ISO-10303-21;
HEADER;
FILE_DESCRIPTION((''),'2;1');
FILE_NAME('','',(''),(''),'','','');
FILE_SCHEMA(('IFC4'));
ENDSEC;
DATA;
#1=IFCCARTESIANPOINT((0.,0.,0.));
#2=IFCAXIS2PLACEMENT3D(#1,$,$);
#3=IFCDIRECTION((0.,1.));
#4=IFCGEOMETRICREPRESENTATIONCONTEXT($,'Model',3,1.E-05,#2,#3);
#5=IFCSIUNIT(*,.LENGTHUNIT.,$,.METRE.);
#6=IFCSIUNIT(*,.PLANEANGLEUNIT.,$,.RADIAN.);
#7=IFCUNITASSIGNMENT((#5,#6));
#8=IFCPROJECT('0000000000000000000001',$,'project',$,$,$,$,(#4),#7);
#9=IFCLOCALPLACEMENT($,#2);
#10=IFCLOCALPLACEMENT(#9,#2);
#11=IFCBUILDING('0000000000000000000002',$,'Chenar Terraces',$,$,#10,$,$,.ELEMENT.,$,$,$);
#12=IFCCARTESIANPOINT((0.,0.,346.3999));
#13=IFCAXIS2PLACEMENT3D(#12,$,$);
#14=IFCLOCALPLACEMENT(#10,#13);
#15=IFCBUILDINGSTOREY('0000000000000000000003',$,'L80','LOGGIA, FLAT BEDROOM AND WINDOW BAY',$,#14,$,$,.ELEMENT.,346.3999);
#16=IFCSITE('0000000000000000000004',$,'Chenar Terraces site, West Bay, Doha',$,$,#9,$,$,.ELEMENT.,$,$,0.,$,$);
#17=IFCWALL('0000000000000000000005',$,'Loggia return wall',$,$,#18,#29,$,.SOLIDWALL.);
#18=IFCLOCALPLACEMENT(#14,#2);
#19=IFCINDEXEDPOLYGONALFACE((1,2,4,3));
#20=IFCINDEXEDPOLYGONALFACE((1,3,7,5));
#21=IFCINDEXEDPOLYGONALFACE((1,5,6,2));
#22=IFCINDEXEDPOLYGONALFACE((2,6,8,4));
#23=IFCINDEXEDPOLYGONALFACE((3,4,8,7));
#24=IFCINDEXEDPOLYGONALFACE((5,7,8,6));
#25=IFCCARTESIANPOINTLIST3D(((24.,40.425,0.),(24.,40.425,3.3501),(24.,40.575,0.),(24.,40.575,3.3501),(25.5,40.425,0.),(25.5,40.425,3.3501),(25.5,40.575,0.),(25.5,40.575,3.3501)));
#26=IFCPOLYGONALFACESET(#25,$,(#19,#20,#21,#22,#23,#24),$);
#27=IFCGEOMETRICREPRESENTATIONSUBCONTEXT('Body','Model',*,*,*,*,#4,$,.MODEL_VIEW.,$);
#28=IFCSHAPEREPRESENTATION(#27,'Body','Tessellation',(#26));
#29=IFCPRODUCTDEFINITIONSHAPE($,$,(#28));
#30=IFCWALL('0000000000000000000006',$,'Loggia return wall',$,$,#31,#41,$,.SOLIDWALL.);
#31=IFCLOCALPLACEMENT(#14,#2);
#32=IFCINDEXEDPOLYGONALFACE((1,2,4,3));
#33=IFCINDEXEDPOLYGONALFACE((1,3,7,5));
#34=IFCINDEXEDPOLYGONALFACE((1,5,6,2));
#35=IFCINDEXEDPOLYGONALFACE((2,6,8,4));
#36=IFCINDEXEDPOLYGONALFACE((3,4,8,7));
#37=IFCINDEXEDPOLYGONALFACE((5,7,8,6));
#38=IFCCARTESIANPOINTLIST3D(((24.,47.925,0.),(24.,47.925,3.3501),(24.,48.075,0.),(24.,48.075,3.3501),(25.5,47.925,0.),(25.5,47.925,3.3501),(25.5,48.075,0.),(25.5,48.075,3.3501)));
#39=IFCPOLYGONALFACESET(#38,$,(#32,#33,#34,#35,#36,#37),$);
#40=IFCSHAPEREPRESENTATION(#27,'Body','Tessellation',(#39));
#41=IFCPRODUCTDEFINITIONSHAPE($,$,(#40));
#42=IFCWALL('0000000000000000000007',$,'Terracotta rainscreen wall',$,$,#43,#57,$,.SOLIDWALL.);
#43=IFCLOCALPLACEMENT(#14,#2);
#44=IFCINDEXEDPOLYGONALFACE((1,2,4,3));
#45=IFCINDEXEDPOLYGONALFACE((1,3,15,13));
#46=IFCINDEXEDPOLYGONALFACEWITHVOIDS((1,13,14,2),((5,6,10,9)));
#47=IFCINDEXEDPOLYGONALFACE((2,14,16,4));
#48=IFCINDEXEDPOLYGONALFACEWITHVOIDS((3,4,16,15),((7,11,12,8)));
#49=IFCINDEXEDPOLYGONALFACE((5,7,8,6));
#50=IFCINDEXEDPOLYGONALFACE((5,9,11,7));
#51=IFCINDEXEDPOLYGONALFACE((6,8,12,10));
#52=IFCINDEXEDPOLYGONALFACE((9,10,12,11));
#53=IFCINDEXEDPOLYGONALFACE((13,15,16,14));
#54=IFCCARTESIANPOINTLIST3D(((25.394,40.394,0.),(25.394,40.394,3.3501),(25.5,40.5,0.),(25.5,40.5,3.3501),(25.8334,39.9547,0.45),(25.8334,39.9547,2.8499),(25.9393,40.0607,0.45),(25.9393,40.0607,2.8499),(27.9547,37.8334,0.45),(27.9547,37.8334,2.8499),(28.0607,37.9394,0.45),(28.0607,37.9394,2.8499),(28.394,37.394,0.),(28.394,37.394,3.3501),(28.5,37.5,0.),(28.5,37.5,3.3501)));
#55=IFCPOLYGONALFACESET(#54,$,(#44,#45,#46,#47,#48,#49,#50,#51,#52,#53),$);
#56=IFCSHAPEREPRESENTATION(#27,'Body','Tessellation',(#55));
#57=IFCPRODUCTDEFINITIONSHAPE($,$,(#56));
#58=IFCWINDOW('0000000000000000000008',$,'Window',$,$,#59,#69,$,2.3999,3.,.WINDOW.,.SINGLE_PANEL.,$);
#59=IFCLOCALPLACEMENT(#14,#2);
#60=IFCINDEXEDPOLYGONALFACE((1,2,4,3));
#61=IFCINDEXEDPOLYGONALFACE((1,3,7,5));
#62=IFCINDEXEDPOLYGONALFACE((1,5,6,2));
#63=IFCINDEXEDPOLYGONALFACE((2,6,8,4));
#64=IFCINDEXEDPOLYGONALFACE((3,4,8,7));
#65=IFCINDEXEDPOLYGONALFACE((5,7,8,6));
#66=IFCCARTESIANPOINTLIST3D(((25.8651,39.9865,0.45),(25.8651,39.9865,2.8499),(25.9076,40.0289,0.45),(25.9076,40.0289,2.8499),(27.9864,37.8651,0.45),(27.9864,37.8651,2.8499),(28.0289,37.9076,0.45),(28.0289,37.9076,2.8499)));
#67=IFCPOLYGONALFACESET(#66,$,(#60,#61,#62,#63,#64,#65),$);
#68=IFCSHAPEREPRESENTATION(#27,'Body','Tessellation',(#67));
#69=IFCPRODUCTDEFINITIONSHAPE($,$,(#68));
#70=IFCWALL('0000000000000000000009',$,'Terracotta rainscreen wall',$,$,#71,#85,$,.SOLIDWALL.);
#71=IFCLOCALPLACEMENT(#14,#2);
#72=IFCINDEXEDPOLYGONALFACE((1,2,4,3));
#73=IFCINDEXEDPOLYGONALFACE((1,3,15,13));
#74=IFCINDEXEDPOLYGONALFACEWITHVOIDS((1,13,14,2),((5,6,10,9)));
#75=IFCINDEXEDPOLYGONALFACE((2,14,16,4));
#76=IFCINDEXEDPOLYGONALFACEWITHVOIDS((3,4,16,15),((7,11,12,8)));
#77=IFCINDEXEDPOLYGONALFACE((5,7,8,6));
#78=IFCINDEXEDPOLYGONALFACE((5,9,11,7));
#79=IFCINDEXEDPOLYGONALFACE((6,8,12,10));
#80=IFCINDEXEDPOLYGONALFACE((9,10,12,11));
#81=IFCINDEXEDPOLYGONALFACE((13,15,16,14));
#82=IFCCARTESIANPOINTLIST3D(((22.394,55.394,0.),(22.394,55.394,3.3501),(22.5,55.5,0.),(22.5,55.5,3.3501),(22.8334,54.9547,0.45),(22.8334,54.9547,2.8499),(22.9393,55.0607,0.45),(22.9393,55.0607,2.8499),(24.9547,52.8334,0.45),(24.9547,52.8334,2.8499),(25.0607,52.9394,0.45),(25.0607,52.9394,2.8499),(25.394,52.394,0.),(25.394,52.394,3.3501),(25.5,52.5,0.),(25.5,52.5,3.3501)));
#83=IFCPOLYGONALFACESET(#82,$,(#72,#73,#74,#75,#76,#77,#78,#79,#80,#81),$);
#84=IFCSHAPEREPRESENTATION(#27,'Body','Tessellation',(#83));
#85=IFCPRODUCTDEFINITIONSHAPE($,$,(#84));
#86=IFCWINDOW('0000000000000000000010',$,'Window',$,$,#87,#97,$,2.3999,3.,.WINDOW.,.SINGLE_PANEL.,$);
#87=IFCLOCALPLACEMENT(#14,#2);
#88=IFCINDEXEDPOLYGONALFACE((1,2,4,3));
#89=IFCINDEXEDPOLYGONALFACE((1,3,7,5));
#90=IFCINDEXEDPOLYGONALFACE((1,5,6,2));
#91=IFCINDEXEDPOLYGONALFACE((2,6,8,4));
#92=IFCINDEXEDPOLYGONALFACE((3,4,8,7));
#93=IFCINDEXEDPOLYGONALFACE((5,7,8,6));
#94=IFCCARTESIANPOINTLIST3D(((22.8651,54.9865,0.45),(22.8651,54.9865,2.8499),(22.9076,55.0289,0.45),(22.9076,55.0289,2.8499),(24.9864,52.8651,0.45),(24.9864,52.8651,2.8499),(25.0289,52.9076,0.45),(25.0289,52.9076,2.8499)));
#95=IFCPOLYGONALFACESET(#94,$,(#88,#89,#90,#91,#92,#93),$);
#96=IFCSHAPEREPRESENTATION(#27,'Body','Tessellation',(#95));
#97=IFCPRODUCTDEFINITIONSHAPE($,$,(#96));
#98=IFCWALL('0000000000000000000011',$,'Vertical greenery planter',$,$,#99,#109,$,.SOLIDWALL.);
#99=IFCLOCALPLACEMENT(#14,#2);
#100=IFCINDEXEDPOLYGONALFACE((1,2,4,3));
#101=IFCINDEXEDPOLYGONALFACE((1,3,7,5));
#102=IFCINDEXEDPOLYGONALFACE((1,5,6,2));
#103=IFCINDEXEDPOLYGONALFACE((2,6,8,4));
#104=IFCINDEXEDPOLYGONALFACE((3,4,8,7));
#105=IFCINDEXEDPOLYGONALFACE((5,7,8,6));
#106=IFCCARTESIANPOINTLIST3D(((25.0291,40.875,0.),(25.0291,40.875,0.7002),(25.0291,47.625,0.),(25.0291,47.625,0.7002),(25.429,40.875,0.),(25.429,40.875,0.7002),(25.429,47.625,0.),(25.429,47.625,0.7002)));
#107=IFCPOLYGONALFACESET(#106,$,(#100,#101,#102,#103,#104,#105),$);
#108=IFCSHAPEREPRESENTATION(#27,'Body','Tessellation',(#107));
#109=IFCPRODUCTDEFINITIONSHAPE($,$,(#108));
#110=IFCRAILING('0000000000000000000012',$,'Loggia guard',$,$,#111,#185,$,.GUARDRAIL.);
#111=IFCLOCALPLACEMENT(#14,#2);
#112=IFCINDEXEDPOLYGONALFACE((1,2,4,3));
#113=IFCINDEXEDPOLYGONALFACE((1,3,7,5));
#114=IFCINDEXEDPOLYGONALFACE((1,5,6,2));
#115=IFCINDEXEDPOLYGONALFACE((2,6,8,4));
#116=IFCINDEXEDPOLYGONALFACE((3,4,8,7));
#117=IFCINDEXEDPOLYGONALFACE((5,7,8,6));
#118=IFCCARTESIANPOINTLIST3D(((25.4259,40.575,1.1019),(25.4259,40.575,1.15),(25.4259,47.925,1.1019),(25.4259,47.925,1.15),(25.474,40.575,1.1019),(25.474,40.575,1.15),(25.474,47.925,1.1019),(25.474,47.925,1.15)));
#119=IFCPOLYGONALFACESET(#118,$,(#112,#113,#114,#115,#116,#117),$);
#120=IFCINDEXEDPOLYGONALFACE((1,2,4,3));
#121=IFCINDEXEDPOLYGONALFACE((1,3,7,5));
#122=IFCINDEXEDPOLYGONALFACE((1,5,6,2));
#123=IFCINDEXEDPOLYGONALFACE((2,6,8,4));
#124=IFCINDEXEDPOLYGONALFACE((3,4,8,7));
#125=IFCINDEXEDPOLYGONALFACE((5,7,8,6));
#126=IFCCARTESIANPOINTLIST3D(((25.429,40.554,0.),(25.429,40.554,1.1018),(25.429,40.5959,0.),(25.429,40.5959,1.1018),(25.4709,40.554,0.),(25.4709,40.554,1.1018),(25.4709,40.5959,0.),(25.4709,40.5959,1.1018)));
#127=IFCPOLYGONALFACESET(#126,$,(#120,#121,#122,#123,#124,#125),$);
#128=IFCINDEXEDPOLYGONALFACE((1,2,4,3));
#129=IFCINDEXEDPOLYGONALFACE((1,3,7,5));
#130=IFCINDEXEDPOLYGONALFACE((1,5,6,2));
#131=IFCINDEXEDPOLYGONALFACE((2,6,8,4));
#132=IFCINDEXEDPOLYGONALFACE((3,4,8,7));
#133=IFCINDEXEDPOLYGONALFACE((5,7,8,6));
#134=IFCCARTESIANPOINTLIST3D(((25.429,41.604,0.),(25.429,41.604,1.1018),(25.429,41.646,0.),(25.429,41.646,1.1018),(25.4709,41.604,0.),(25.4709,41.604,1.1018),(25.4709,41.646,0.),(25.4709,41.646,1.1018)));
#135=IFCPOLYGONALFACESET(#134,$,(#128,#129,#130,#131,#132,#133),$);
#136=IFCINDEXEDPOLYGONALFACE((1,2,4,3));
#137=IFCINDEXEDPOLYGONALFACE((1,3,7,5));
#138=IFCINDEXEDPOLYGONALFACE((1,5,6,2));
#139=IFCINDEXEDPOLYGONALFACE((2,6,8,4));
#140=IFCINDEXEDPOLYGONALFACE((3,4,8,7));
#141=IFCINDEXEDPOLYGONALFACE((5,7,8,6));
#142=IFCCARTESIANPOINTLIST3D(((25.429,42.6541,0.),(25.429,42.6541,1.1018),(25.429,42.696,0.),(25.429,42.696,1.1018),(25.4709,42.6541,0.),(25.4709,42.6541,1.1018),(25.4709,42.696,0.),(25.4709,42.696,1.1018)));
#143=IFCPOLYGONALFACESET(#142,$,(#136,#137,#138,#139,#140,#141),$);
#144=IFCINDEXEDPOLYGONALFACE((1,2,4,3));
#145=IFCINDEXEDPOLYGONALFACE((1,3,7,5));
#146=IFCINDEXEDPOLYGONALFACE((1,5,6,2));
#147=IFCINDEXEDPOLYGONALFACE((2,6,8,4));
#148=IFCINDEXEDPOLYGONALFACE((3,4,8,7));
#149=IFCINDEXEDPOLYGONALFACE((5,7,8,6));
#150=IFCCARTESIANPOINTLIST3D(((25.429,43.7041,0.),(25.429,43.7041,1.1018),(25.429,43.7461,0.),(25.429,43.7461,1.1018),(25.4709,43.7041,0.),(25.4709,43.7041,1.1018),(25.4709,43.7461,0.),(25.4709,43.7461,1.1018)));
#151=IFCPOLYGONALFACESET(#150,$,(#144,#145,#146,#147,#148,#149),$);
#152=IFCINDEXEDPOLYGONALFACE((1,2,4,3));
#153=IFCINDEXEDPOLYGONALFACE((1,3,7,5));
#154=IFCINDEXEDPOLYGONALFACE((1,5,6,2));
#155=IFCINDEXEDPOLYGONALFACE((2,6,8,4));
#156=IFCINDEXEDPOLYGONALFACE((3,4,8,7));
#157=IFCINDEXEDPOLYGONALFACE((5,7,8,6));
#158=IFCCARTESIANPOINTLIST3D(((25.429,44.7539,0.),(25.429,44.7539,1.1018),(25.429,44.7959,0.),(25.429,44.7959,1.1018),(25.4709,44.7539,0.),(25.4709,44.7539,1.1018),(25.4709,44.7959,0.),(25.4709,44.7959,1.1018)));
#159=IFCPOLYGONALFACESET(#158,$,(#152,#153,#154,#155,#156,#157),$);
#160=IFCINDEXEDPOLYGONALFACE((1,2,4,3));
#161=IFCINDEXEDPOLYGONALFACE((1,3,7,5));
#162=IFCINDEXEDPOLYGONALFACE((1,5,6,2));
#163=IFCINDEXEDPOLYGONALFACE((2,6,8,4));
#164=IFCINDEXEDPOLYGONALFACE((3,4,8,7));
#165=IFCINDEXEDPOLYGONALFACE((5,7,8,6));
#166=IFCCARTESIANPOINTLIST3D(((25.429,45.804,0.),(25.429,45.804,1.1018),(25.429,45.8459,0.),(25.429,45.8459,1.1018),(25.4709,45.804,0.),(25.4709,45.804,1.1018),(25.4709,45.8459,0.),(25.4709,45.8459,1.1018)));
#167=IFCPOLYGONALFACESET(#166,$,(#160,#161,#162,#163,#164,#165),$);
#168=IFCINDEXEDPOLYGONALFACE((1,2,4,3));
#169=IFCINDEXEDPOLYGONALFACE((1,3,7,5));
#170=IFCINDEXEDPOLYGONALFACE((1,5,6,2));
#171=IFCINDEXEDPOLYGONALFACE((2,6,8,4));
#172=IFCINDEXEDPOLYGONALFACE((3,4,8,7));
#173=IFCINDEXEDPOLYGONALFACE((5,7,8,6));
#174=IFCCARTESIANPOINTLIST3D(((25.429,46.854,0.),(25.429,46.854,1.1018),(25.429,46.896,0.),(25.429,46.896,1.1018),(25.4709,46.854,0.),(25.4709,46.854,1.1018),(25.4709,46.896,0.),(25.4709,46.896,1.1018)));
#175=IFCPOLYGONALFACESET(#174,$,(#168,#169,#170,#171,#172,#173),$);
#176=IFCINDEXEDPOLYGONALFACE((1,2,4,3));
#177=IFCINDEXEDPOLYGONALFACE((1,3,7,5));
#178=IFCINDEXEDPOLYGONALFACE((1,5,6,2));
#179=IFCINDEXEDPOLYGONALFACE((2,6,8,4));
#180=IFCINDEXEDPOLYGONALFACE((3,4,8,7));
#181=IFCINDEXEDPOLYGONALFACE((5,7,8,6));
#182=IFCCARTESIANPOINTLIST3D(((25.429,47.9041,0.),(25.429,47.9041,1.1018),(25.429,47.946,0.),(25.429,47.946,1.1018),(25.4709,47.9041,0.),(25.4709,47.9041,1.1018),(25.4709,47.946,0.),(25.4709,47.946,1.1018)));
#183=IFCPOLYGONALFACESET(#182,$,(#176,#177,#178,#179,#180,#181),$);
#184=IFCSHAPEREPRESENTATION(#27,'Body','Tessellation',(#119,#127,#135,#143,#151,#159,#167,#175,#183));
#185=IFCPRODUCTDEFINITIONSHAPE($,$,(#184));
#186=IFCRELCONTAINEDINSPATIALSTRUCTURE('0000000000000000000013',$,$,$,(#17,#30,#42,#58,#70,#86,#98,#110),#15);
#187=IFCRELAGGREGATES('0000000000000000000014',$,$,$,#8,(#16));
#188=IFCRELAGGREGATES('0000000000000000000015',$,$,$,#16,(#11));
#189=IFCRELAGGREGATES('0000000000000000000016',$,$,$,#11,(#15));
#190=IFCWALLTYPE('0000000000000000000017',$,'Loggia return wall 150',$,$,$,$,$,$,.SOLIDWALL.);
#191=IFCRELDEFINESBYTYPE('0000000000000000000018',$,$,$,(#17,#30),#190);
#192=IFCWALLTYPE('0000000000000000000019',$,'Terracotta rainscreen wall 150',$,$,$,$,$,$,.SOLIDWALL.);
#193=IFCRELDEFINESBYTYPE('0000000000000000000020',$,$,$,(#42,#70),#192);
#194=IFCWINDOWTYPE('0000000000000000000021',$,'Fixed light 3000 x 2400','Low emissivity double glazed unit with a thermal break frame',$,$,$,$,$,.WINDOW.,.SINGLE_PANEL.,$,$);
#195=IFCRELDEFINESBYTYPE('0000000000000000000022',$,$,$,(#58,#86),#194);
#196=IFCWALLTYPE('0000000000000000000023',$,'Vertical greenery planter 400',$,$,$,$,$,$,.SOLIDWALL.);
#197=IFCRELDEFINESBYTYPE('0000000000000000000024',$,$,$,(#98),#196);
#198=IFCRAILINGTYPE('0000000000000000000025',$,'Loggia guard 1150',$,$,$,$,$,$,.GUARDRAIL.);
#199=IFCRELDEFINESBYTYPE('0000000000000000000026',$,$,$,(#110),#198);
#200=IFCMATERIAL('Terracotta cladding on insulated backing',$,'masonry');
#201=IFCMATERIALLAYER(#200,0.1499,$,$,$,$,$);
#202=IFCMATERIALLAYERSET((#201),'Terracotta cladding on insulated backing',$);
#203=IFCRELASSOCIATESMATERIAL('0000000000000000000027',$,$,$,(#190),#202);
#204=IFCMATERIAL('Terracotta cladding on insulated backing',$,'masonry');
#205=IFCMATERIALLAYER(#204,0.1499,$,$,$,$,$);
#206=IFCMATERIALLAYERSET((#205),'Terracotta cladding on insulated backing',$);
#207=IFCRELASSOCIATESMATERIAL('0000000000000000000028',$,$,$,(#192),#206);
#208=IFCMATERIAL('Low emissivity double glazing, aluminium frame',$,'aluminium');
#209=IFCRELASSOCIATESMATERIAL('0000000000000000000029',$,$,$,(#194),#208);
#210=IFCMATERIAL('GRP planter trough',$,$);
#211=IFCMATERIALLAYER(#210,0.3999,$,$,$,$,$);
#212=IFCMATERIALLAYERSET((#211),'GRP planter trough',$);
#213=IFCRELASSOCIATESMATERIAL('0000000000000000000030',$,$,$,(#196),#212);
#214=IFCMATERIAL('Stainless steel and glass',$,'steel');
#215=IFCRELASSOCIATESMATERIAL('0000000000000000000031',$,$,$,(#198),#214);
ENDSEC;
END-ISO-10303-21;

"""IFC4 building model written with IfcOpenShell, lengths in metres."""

from ifc_helpers import new_model, si_unit, direction, frame, frame_2d, origin, origin_2d, place, context, subcontext, project, spatial, rectangle, extrude, material, layer, layer_set, type_object, element, fill, save


model = new_model("IFC4")

# Units and contexts
model_context = context("Model", 3, precision=1e-05, world=origin(), true_north=direction((0.0, 1.0)))
body_context = subcontext(model_context, "Body", "Model", "MODEL_VIEW")
ifc_project = project(units=[si_unit("LENGTHUNIT", "METRE"), si_unit("PLANEANGLEUNIT", "RADIAN")], contexts=[model_context])

# Site, building, storey
site_placement = place(None, origin())
site = spatial("IfcSite", under=ifc_project, at=site_placement, Name="Chenar Terraces site, West Bay, Doha", CompositionType="ELEMENT", RefElevation=0.0)
building_placement = place(site_placement, origin())
building = spatial("IfcBuilding", under=site, at=building_placement, Name="Chenar Terraces", CompositionType="ELEMENT")
storey_placement = place(building_placement, frame((0.0, 0.0, 346.3999)))
storey = spatial("IfcBuildingStorey", under=building, at=storey_placement, Name="L80", Description="LOGGIA, FLAT BEDROOM AND WINDOW BAY", CompositionType="ELEMENT", Elevation=346.3999)

# Walls
ifc_material_1 = material(Name="Terracotta cladding on insulated backing", Category="masonry")
ifc_layer_1 = layer(ifc_material_1, 0.1499)
ifc_layer_set_1 = layer_set([ifc_layer_1], Name="Terracotta cladding on insulated backing")
wall_type_1 = type_object("IfcWallType", Name="Loggia return wall 150", PredefinedType="SOLIDWALL", material=ifc_layer_set_1)
for number, where, z_axis, x_axis, name in (
    (1, (25.5, 40.5, 0.0), (0.0, 0.0, 1.0), (-1.0, 0.0, 0.0), "Loggia return wall"),
    (2, (25.5, 48.0, 0.0), (0.0, 0.0, 1.0), (-1.0, 0.0, 0.0), "Loggia return wall"),
):
    element("IfcWall", number, at=place(storey_placement, frame(where, z_axis=z_axis, x_axis=x_axis)), inside=storey, type_object=wall_type_1, Name=name, PredefinedType="SOLIDWALL", context=body_context, shape_type="SweptSolid", body=[
        extrude(rectangle(XDim=1.5, YDim=0.1499, at=frame_2d((0.75, 0.0))), origin(), (0.0, 0.0, 1.0), 3.3501),
    ])

# Walls, openings, windows
ifc_material_2 = material(Name="Terracotta cladding on insulated backing", Category="masonry")
ifc_layer_2 = layer(ifc_material_2, 0.1499)
ifc_layer_set_2 = layer_set([ifc_layer_2], Name="Terracotta cladding on insulated backing")
wall_type_2 = type_object("IfcWallType", Name="Terracotta rainscreen wall 150", PredefinedType="SOLIDWALL", material=ifc_layer_set_2)
wall_1_placement = place(storey_placement, frame((28.447, 37.447, 0.0), z_axis=(0.0, 0.0, 1.0), x_axis=(-0.707107, 0.707107, 0.0)))
wall_1 = element("IfcWall", 3, at=wall_1_placement, inside=storey, type_object=wall_type_2, Name="Terracotta rainscreen wall", PredefinedType="SOLIDWALL", context=body_context, shape_type="SweptSolid", body=[
    extrude(rectangle(XDim=4.2427, YDim=0.1499, at=frame_2d((2.1213, 0.0))), origin(), (0.0, 0.0, 1.0), 3.3501),
])
opening_1_placement = place(wall_1_placement, frame((0.6213, 0.0, 0.45)))
opening_1 = element("IfcOpeningElement", 4, at=opening_1_placement, cuts=wall_1, PredefinedType="OPENING", context=body_context, shape_type="SweptSolid", body=[
    extrude(rectangle(XDim=3.0, YDim=2.3999, at=frame_2d((1.5, 1.2))), frame((0.0, 0.085, 0.0), z_axis=(0.0, -1.0, 0.0), x_axis=(1.0, 0.0, 0.0)), (0.0, 0.0, 1.0), 0.1699),
])
ifc_material_3 = material(Name="Low emissivity double glazing, aluminium frame", Category="aluminium")
window_type_1 = type_object("IfcWindowType", Name="Fixed light 3000 x 2400", Description="Low emissivity double glazed unit with a thermal break frame", PartitioningType="SINGLE_PANEL", PredefinedType="WINDOW", material=ifc_material_3)
window_1_placement = place(opening_1_placement, origin())
window_1 = element("IfcWindow", 5, at=window_1_placement, inside=storey, type_object=window_type_1, Name="Window", OverallHeight=2.3999, OverallWidth=3.0, PartitioningType="SINGLE_PANEL", PredefinedType="WINDOW", context=body_context, shape_type="SweptSolid", body=[
    extrude(rectangle(XDim=3.0, YDim=2.3999, at=frame_2d((1.5, 1.2))), frame((0.0, 0.03, 0.0), z_axis=(0.0, -1.0, 0.0), x_axis=(1.0, 0.0, 0.0)), (0.0, 0.0, 1.0), 0.0601),
])
fill(opening_1, window_1)
wall_2_placement = place(storey_placement, frame((25.447, 52.447, 0.0), z_axis=(0.0, 0.0, 1.0), x_axis=(-0.707107, 0.707107, 0.0)))
wall_2 = element("IfcWall", 6, at=wall_2_placement, inside=storey, type_object=wall_type_2, Name="Terracotta rainscreen wall", PredefinedType="SOLIDWALL", context=body_context, shape_type="SweptSolid", body=[
    extrude(rectangle(XDim=4.2427, YDim=0.1499, at=frame_2d((2.1213, 0.0))), origin(), (0.0, 0.0, 1.0), 3.3501),
])
opening_2_placement = place(wall_2_placement, frame((0.6213, 0.0, 0.45)))
opening_2 = element("IfcOpeningElement", 7, at=opening_2_placement, cuts=wall_2, PredefinedType="OPENING", context=body_context, shape_type="SweptSolid", body=[
    extrude(rectangle(XDim=3.0, YDim=2.3999, at=frame_2d((1.5, 1.2))), frame((0.0, 0.085, 0.0), z_axis=(0.0, -1.0, 0.0), x_axis=(1.0, 0.0, 0.0)), (0.0, 0.0, 1.0), 0.1699),
])
window_2_placement = place(opening_2_placement, origin())
window_2 = element("IfcWindow", 8, at=window_2_placement, inside=storey, type_object=window_type_1, Name="Window", OverallHeight=2.3999, OverallWidth=3.0, PartitioningType="SINGLE_PANEL", PredefinedType="WINDOW", context=body_context, shape_type="SweptSolid", body=[
    extrude(rectangle(XDim=3.0, YDim=2.3999, at=frame_2d((1.5, 1.2))), frame((0.0, 0.03, 0.0), z_axis=(0.0, -1.0, 0.0), x_axis=(1.0, 0.0, 0.0)), (0.0, 0.0, 1.0), 0.0601),
])
fill(opening_2, window_2)

# Wall
ifc_material_4 = material(Name="GRP planter trough")
ifc_layer_3 = layer(ifc_material_4, 0.3999)
ifc_layer_set_3 = layer_set([ifc_layer_3], Name="GRP planter trough")
wall_type_3 = type_object("IfcWallType", Name="Vertical greenery planter 400", PredefinedType="SOLIDWALL", material=ifc_layer_set_3)
wall_3_placement = place(storey_placement, frame((25.229, 40.875, 0.0), z_axis=(0.0, 0.0, 1.0), x_axis=(0.0, 1.0, 0.0)))
element("IfcWall", 9, at=wall_3_placement, inside=storey, type_object=wall_type_3, Name="Vertical greenery planter", PredefinedType="SOLIDWALL", context=body_context, shape_type="SweptSolid", body=[
    extrude(rectangle(XDim=6.75, YDim=0.3999, at=frame_2d((3.375, 0.0))), origin(), (0.0, 0.0, 1.0), 0.7002),
])

# Railing
ifc_material_5 = material(Name="Stainless steel and glass", Category="steel")
railing_type = type_object("IfcRailingType", Name="Loggia guard 1150", PredefinedType="GUARDRAIL", material=ifc_material_5)
railing_placement = place(storey_placement, frame((25.45, 40.575, 0.0)))
element("IfcRailing", 10, at=railing_placement, inside=storey, type_object=railing_type, Name="Loggia guard", PredefinedType="GUARDRAIL", context=body_context, shape_type="SweptSolid", body=[
    extrude(rectangle(XDim=0.0481, YDim=0.0481, at=origin_2d()), frame((0.0, 0.0, 1.126), z_axis=(0.0, 1.0, 0.0), x_axis=(-1.0, 0.0, 0.0)), (0.0, 0.0, 1.0), 7.3501),
    extrude(rectangle(XDim=0.042, YDim=0.042, at=origin_2d()), origin(), (0.0, 0.0, 1.0), 1.1018),
    extrude(rectangle(XDim=0.042, YDim=0.042, at=origin_2d()), frame((0.0, 1.05, 0.0)), (0.0, 0.0, 1.0), 1.1018),
    extrude(rectangle(XDim=0.042, YDim=0.042, at=origin_2d()), frame((0.0, 2.1001, 0.0)), (0.0, 0.0, 1.0), 1.1018),
    extrude(rectangle(XDim=0.042, YDim=0.042, at=origin_2d()), frame((0.0, 3.1501, 0.0)), (0.0, 0.0, 1.0), 1.1018),
    extrude(rectangle(XDim=0.042, YDim=0.042, at=origin_2d()), frame((0.0, 4.2, 0.0)), (0.0, 0.0, 1.0), 1.1018),
    extrude(rectangle(XDim=0.042, YDim=0.042, at=origin_2d()), frame((0.0, 5.25, 0.0)), (0.0, 0.0, 1.0), 1.1018),
    extrude(rectangle(XDim=0.042, YDim=0.042, at=origin_2d()), frame((0.0, 6.3, 0.0)), (0.0, 0.0, 1.0), 1.1018),
    extrude(rectangle(XDim=0.042, YDim=0.042, at=origin_2d()), frame((0.0, 7.3501, 0.0)), (0.0, 0.0, 1.0), 1.1018),
])

save(model, "model.ifc")
